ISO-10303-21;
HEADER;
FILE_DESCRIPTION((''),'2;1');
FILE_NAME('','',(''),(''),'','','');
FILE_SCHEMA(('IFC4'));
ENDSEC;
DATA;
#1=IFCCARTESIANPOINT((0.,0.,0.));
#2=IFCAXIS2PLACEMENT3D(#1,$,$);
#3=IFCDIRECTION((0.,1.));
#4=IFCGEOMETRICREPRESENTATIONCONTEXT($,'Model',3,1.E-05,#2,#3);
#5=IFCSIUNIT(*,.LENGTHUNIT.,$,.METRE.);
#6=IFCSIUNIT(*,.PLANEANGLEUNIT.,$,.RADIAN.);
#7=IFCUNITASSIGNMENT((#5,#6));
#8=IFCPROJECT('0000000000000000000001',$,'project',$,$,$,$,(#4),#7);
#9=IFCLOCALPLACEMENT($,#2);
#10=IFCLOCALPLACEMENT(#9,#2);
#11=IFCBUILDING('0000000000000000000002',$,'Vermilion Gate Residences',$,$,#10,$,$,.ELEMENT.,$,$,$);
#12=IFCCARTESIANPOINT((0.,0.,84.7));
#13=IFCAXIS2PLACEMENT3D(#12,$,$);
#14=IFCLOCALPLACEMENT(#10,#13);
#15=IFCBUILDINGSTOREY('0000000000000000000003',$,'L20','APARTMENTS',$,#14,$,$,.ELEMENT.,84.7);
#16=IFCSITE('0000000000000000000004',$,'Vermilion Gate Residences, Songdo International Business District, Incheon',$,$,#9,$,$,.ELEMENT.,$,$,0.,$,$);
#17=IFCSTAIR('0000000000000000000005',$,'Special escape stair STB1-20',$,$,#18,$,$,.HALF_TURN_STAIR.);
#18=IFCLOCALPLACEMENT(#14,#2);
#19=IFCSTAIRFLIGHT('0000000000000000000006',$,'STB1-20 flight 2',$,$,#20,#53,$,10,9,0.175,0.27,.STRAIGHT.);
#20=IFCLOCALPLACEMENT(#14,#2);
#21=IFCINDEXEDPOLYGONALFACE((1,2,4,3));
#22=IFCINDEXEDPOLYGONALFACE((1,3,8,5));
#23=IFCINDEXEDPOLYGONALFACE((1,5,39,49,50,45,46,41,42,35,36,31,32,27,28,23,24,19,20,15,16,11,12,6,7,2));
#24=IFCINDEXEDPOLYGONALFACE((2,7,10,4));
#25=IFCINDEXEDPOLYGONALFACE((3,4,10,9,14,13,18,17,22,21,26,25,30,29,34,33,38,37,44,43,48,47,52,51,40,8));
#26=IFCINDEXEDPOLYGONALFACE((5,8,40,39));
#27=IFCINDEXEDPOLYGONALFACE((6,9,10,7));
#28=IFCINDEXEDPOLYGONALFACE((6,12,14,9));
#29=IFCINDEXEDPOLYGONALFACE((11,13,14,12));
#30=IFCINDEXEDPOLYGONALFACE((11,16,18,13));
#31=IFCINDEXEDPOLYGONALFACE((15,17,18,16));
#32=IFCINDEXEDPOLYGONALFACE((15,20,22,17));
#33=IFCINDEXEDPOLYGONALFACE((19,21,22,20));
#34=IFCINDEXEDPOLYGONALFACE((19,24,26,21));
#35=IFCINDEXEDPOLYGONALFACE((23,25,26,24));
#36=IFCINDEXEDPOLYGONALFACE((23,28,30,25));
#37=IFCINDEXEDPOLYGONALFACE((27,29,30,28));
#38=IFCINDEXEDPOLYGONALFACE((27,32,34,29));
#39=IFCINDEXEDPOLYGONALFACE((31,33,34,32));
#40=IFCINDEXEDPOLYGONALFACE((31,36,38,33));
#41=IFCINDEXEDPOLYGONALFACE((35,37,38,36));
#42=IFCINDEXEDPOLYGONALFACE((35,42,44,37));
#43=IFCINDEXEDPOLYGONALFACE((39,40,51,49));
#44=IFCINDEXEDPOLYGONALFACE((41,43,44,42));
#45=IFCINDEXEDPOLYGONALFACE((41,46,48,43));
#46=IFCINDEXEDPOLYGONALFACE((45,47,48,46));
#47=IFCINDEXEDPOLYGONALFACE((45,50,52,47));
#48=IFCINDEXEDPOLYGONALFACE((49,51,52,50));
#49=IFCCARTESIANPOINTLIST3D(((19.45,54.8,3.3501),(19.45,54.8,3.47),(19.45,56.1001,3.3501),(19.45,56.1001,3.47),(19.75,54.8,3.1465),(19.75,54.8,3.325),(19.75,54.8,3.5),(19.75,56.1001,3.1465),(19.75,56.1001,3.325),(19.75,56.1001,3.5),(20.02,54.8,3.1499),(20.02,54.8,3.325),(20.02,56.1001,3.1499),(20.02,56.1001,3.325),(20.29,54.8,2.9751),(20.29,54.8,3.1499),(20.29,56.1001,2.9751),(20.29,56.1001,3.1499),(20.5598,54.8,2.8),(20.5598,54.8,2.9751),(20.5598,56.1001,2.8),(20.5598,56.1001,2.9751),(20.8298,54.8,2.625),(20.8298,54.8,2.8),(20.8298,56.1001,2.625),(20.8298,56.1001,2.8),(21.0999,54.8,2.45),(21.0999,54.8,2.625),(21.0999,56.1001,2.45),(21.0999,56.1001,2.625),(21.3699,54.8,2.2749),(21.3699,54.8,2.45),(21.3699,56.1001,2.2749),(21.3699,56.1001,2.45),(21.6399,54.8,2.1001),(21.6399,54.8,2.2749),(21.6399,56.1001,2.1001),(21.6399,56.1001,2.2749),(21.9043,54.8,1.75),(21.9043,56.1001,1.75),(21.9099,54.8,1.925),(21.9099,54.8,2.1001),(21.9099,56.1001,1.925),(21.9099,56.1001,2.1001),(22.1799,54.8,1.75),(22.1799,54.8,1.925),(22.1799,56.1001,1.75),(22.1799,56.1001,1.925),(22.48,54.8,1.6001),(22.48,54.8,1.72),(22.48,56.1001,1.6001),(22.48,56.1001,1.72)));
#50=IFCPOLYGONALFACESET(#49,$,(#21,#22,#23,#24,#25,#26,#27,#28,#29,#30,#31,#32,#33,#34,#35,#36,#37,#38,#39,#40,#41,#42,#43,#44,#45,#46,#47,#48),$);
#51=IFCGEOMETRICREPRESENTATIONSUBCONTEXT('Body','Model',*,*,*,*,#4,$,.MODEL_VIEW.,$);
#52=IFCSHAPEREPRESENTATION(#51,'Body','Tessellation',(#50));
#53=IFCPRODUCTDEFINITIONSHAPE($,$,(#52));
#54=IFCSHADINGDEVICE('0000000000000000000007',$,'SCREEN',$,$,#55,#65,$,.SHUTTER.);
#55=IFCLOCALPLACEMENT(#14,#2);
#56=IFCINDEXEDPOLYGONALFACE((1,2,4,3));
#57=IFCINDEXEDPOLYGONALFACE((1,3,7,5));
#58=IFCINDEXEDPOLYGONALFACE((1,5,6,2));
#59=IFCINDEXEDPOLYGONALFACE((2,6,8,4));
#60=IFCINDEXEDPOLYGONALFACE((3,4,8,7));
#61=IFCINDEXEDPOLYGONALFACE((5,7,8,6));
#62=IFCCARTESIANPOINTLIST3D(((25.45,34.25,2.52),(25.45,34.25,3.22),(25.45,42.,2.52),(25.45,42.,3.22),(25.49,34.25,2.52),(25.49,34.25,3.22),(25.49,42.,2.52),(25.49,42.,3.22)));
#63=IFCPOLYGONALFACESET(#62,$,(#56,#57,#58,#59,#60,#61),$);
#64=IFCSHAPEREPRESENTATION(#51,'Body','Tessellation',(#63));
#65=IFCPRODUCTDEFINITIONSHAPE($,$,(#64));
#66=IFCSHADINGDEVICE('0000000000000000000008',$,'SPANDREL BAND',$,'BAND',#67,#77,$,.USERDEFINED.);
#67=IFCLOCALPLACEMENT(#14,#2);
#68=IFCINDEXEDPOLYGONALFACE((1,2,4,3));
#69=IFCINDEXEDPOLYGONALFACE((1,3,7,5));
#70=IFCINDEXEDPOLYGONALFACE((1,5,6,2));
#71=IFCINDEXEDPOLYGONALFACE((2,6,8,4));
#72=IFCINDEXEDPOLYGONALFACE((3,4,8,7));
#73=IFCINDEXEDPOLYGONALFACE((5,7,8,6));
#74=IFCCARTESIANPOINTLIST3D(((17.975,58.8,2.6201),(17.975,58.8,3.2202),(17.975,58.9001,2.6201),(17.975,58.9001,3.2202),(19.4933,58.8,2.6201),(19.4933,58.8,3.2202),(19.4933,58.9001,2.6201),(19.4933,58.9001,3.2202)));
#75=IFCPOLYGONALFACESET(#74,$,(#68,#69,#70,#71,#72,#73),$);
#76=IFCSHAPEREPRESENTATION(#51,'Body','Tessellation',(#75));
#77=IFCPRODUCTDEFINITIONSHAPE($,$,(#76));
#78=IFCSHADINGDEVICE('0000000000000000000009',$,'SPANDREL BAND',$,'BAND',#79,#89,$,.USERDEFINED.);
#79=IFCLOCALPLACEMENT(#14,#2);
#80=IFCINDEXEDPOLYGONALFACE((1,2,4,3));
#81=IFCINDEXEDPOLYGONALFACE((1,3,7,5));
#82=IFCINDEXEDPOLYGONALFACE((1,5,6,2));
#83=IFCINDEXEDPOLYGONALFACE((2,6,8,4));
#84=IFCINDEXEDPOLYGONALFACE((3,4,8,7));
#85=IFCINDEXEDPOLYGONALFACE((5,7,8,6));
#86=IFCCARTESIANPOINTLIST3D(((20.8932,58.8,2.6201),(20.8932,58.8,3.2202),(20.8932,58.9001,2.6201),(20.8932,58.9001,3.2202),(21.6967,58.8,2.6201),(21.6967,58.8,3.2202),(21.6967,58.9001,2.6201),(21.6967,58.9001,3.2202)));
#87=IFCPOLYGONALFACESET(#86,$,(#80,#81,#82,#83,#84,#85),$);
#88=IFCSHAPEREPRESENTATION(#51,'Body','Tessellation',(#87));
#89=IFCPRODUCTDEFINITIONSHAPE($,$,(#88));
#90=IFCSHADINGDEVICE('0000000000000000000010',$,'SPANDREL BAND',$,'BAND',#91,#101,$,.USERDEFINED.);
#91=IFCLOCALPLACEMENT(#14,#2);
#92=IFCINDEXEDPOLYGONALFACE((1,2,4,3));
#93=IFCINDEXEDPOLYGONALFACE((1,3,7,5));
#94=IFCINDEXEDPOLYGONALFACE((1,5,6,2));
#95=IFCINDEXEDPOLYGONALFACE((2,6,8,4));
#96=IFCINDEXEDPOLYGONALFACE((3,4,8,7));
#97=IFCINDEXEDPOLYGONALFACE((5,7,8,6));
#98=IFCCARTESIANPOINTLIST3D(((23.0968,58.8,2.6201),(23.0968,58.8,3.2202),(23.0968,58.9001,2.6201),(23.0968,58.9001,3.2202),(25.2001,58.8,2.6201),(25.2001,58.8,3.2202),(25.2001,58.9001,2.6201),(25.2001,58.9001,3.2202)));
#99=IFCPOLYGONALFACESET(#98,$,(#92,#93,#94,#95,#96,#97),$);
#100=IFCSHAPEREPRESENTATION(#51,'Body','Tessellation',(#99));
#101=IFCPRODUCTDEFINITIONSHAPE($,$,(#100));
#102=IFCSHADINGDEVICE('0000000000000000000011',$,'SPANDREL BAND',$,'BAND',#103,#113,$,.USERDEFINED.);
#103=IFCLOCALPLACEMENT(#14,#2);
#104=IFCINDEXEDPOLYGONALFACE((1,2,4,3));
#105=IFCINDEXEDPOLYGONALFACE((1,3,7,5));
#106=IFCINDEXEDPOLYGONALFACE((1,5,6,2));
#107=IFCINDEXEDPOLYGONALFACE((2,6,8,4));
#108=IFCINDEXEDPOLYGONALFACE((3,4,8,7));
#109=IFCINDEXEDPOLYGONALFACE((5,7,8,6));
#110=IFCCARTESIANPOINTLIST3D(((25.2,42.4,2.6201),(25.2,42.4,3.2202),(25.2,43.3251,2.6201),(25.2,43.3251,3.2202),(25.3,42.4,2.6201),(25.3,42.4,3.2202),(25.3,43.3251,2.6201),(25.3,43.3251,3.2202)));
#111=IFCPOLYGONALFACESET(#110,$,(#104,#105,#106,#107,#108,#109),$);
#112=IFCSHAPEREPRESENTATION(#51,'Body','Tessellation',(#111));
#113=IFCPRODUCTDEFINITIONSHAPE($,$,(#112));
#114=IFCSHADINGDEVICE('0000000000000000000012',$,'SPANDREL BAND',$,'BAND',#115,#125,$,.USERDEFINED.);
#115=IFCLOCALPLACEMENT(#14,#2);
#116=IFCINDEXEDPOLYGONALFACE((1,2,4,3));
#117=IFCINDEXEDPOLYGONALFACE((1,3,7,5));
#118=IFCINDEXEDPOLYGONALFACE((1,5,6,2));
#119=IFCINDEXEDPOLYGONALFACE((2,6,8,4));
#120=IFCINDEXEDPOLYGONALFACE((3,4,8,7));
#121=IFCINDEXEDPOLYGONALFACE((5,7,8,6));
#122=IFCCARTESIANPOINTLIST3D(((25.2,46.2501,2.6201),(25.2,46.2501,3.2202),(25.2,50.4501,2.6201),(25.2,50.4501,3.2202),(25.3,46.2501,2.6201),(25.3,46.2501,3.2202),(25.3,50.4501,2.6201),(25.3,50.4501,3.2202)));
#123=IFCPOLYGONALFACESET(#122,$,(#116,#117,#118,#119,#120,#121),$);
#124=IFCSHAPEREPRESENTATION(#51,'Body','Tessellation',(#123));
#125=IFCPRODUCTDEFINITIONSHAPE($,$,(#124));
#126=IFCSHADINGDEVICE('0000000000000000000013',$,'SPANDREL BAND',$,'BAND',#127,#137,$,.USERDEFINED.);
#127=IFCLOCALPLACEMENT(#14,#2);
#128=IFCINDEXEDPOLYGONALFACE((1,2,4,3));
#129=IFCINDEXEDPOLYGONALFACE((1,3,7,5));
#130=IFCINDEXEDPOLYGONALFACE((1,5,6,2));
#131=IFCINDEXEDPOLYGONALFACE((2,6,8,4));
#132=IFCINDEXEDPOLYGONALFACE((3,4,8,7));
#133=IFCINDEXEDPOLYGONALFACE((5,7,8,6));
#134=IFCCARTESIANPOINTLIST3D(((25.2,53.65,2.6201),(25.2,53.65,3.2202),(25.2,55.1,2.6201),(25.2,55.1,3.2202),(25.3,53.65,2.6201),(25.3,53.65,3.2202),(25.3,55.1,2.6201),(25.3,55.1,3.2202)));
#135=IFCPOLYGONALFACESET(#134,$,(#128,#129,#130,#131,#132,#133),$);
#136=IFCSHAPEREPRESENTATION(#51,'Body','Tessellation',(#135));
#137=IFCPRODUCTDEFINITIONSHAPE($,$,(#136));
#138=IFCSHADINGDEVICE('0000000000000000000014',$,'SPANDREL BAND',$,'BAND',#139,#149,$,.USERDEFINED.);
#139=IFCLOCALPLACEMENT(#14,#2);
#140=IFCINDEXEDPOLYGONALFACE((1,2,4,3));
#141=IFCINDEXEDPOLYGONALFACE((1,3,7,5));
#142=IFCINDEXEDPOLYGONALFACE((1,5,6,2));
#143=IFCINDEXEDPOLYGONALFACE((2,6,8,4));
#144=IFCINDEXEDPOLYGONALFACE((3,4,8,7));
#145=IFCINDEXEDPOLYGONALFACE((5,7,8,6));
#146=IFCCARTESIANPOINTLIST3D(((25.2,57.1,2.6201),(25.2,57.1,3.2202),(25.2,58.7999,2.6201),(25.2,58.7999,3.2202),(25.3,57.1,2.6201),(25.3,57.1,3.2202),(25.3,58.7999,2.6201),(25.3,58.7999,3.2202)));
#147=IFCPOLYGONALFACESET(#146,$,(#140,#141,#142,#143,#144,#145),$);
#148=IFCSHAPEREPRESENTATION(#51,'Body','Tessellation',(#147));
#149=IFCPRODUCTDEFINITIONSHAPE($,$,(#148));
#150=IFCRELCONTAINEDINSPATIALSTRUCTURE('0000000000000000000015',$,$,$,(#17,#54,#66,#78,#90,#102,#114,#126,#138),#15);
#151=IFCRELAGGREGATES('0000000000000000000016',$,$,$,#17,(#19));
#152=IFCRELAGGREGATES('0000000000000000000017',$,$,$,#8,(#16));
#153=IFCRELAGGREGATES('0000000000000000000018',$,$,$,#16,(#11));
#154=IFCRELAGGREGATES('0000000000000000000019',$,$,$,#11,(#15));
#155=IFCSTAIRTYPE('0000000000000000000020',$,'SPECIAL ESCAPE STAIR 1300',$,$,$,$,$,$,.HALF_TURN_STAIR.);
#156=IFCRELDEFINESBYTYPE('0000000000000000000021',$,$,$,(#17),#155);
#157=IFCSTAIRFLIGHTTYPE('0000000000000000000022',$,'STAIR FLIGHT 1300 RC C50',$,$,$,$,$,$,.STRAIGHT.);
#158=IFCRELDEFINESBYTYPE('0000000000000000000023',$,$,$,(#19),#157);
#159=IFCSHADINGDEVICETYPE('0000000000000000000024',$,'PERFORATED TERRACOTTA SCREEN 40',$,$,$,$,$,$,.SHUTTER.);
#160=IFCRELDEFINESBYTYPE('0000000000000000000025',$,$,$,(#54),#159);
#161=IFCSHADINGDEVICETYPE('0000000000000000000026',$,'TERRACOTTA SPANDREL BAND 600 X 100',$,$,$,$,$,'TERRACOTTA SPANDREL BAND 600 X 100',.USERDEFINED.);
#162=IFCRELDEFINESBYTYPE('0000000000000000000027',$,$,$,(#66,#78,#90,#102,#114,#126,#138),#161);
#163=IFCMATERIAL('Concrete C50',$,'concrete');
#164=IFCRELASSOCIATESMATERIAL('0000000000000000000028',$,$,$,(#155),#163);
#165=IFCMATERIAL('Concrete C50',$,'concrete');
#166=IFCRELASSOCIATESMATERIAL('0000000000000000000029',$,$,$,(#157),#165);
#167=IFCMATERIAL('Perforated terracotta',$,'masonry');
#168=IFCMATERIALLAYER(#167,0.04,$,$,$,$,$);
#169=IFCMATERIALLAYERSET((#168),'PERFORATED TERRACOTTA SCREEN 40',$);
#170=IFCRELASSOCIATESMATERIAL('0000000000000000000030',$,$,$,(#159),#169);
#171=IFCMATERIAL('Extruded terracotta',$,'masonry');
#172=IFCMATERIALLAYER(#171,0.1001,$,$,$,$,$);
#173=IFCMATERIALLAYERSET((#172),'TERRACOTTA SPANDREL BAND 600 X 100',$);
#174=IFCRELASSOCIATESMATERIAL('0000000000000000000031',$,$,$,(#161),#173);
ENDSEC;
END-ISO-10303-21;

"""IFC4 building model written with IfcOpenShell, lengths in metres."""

from ifc_helpers import new_model, si_unit, direction, frame, origin, origin_2d, place, context, subcontext, project, spatial, polyline, rectangle, outline, extrude, material, layer, layer_set, type_object, element, aggregate, save


model = new_model("IFC4")

# Units and contexts
model_context = context("Model", 3, precision=1e-05, world=origin(), true_north=direction((0.0, 1.0)))
body_context = subcontext(model_context, "Body", "Model", "MODEL_VIEW")
ifc_project = project(units=[si_unit("LENGTHUNIT", "METRE"), si_unit("PLANEANGLEUNIT", "RADIAN")], contexts=[model_context])

# Site, building, storey
site_placement = place(None, origin())
site = spatial("IfcSite", under=ifc_project, at=site_placement, Name="Vermilion Gate Residences, Songdo International Business District, Incheon", CompositionType="ELEMENT", RefElevation=0.0)
building_placement = place(site_placement, origin())
building = spatial("IfcBuilding", under=site, at=building_placement, Name="Vermilion Gate Residences", CompositionType="ELEMENT")
storey_placement = place(building_placement, frame((0.0, 0.0, 84.7)))
storey = spatial("IfcBuildingStorey", under=building, at=storey_placement, Name="L20", Description="APARTMENTS", CompositionType="ELEMENT", Elevation=84.7)

# Stair, stair flight
ifc_material_1 = material(Name="Concrete C50", Category="concrete")
stair_type = type_object("IfcStairType", Name="SPECIAL ESCAPE STAIR 1300", PredefinedType="HALF_TURN_STAIR", material=ifc_material_1)
stair_placement = place(storey_placement, origin())
stair = element("IfcStair", 1, at=stair_placement, inside=storey, type_object=stair_type, Name="Special escape stair STB1-20", PredefinedType="HALF_TURN_STAIR")
ifc_material_2 = material(Name="Concrete C50", Category="concrete")
stair_flight_type = type_object("IfcStairFlightType", Name="STAIR FLIGHT 1300 RC C50", PredefinedType="STRAIGHT", material=ifc_material_2)
stair_flight_1_placement = place(storey_placement, frame((22.1799, 55.45, 1.75), z_axis=(0.0, 0.0, 1.0), x_axis=(-1.0, 0.0, 0.0)))
stair_flight_1 = element("IfcStairFlight", 2, at=stair_flight_1_placement, type_object=stair_flight_type, Name="STB1-20 flight 2", NumberOfRisers=10, NumberOfTreads=9, PredefinedType="STRAIGHT", RiserHeight=0.175, TreadLength=0.27, context=body_context, shape_type="SweptSolid", body=[
    extrude(outline(polyline([(-0.3, -0.1499), (-0.3, -0.03), (0.0, 0.0), (0.0, 0.175), (0.27, 0.175), (0.27, 0.3501), (0.54, 0.3501), (0.54, 0.5249), (0.8101, 0.5249), (0.8101, 0.7), (1.0801, 0.7), (1.0801, 0.875), (1.3501, 0.875), (1.3501, 1.05), (1.6201, 1.05), (1.6201, 1.2251), (1.8899, 1.2251), (1.8899, 1.3999), (2.1599, 1.3999), (2.1599, 1.575), (2.4299, 1.575), (2.4299, 1.75), (2.73, 1.72), (2.73, 1.6001), (2.4299, 1.3965), (0.2756, 0.0), (-0.3, -0.1499)])), frame((0.0, 0.6499, 0.0), z_axis=(0.0, -1.0, 0.0), x_axis=(1.0, 0.0, 0.0)), (0.0, 0.0, 1.0), 1.3),
])
aggregate(stair, [stair_flight_1])

# Shading device
ifc_material_3 = material(Name="Perforated terracotta", Category="masonry")
ifc_layer_1 = layer(ifc_material_3, 0.04)
ifc_layer_set_1 = layer_set([ifc_layer_1], Name="PERFORATED TERRACOTTA SCREEN 40")
shading_device_type_1 = type_object("IfcShadingDeviceType", Name="PERFORATED TERRACOTTA SCREEN 40", PredefinedType="SHUTTER", material=ifc_layer_set_1)
shading_device_1_placement = place(storey_placement, frame((25.47, 38.125, 2.52), z_axis=(0.0, 0.0, 1.0), x_axis=(0.0, 1.0, 0.0)))
element("IfcShadingDevice", 3, at=shading_device_1_placement, inside=storey, type_object=shading_device_type_1, Name="SCREEN", PredefinedType="SHUTTER", context=body_context, shape_type="SweptSolid", body=[
    extrude(rectangle(XDim=7.75, YDim=0.04, at=origin_2d()), origin(), (0.0, 0.0, 1.0), 0.7),
])

# Shading devices
ifc_material_4 = material(Name="Extruded terracotta", Category="masonry")
ifc_layer_2 = layer(ifc_material_4, 0.1001)
ifc_layer_set_2 = layer_set([ifc_layer_2], Name="TERRACOTTA SPANDREL BAND 600 X 100")
shading_device_type_2 = type_object("IfcShadingDeviceType", Name="TERRACOTTA SPANDREL BAND 600 X 100", ElementType="TERRACOTTA SPANDREL BAND 600 X 100", PredefinedType="USERDEFINED", material=ifc_layer_set_2)
shading_device_2_placement = place(storey_placement, frame((18.7341, 58.8501, 2.6201), z_axis=(0.0, 0.0, 1.0), x_axis=(1.0, 0.0, 0.0)))
element("IfcShadingDevice", 4, at=shading_device_2_placement, inside=storey, type_object=shading_device_type_2, Name="SPANDREL BAND", ObjectType="BAND", PredefinedType="USERDEFINED", context=body_context, shape_type="SweptSolid", body=[
    extrude(rectangle(XDim=1.5183, YDim=0.1001, at=origin_2d()), origin(), (0.0, 0.0, 1.0), 0.6001),
])
shading_device_3_placement = place(storey_placement, frame((21.2949, 58.8501, 2.6201), z_axis=(0.0, 0.0, 1.0), x_axis=(1.0, 0.0, 0.0)))
element("IfcShadingDevice", 5, at=shading_device_3_placement, inside=storey, type_object=shading_device_type_2, Name="SPANDREL BAND", ObjectType="BAND", PredefinedType="USERDEFINED", context=body_context, shape_type="SweptSolid", body=[
    extrude(rectangle(XDim=0.8035, YDim=0.1001, at=origin_2d()), origin(), (0.0, 0.0, 1.0), 0.6001),
])
shading_device_4_placement = place(storey_placement, frame((24.1484, 58.8501, 2.6201), z_axis=(0.0, 0.0, 1.0), x_axis=(1.0, 0.0, 0.0)))
element("IfcShadingDevice", 6, at=shading_device_4_placement, inside=storey, type_object=shading_device_type_2, Name="SPANDREL BAND", ObjectType="BAND", PredefinedType="USERDEFINED", context=body_context, shape_type="SweptSolid", body=[
    extrude(rectangle(XDim=2.1033, YDim=0.1001, at=origin_2d()), origin(), (0.0, 0.0, 1.0), 0.6001),
])
shading_device_5_placement = place(storey_placement, frame((25.25, 42.8625, 2.6201), z_axis=(0.0, 0.0, 1.0), x_axis=(0.0, 1.0, 0.0)))
element("IfcShadingDevice", 7, at=shading_device_5_placement, inside=storey, type_object=shading_device_type_2, Name="SPANDREL BAND", ObjectType="BAND", PredefinedType="USERDEFINED", context=body_context, shape_type="SweptSolid", body=[
    extrude(rectangle(XDim=0.925, YDim=0.1001, at=origin_2d()), origin(), (0.0, 0.0, 1.0), 0.6001),
])
shading_device_6_placement = place(storey_placement, frame((25.25, 48.3501, 2.6201), z_axis=(0.0, 0.0, 1.0), x_axis=(0.0, 1.0, 0.0)))
element("IfcShadingDevice", 8, at=shading_device_6_placement, inside=storey, type_object=shading_device_type_2, Name="SPANDREL BAND", ObjectType="BAND", PredefinedType="USERDEFINED", context=body_context, shape_type="SweptSolid", body=[
    extrude(rectangle(XDim=4.2, YDim=0.1001, at=origin_2d()), origin(), (0.0, 0.0, 1.0), 0.6001),
])
shading_device_7_placement = place(storey_placement, frame((25.25, 54.375, 2.6201), z_axis=(0.0, 0.0, 1.0), x_axis=(0.0, 1.0, 0.0)))
element("IfcShadingDevice", 9, at=shading_device_7_placement, inside=storey, type_object=shading_device_type_2, Name="SPANDREL BAND", ObjectType="BAND", PredefinedType="USERDEFINED", context=body_context, shape_type="SweptSolid", body=[
    extrude(rectangle(XDim=1.45, YDim=0.1001, at=origin_2d()), origin(), (0.0, 0.0, 1.0), 0.6001),
])
shading_device_8_placement = place(storey_placement, frame((25.25, 57.95, 2.6201), z_axis=(0.0, 0.0, 1.0), x_axis=(0.0, 1.0, 0.0)))
element("IfcShadingDevice", 10, at=shading_device_8_placement, inside=storey, type_object=shading_device_type_2, Name="SPANDREL BAND", ObjectType="BAND", PredefinedType="USERDEFINED", context=body_context, shape_type="SweptSolid", body=[
    extrude(rectangle(XDim=1.7, YDim=0.1001, at=origin_2d()), origin(), (0.0, 0.0, 1.0), 0.6001),
])

save(model, "model.ifc")
